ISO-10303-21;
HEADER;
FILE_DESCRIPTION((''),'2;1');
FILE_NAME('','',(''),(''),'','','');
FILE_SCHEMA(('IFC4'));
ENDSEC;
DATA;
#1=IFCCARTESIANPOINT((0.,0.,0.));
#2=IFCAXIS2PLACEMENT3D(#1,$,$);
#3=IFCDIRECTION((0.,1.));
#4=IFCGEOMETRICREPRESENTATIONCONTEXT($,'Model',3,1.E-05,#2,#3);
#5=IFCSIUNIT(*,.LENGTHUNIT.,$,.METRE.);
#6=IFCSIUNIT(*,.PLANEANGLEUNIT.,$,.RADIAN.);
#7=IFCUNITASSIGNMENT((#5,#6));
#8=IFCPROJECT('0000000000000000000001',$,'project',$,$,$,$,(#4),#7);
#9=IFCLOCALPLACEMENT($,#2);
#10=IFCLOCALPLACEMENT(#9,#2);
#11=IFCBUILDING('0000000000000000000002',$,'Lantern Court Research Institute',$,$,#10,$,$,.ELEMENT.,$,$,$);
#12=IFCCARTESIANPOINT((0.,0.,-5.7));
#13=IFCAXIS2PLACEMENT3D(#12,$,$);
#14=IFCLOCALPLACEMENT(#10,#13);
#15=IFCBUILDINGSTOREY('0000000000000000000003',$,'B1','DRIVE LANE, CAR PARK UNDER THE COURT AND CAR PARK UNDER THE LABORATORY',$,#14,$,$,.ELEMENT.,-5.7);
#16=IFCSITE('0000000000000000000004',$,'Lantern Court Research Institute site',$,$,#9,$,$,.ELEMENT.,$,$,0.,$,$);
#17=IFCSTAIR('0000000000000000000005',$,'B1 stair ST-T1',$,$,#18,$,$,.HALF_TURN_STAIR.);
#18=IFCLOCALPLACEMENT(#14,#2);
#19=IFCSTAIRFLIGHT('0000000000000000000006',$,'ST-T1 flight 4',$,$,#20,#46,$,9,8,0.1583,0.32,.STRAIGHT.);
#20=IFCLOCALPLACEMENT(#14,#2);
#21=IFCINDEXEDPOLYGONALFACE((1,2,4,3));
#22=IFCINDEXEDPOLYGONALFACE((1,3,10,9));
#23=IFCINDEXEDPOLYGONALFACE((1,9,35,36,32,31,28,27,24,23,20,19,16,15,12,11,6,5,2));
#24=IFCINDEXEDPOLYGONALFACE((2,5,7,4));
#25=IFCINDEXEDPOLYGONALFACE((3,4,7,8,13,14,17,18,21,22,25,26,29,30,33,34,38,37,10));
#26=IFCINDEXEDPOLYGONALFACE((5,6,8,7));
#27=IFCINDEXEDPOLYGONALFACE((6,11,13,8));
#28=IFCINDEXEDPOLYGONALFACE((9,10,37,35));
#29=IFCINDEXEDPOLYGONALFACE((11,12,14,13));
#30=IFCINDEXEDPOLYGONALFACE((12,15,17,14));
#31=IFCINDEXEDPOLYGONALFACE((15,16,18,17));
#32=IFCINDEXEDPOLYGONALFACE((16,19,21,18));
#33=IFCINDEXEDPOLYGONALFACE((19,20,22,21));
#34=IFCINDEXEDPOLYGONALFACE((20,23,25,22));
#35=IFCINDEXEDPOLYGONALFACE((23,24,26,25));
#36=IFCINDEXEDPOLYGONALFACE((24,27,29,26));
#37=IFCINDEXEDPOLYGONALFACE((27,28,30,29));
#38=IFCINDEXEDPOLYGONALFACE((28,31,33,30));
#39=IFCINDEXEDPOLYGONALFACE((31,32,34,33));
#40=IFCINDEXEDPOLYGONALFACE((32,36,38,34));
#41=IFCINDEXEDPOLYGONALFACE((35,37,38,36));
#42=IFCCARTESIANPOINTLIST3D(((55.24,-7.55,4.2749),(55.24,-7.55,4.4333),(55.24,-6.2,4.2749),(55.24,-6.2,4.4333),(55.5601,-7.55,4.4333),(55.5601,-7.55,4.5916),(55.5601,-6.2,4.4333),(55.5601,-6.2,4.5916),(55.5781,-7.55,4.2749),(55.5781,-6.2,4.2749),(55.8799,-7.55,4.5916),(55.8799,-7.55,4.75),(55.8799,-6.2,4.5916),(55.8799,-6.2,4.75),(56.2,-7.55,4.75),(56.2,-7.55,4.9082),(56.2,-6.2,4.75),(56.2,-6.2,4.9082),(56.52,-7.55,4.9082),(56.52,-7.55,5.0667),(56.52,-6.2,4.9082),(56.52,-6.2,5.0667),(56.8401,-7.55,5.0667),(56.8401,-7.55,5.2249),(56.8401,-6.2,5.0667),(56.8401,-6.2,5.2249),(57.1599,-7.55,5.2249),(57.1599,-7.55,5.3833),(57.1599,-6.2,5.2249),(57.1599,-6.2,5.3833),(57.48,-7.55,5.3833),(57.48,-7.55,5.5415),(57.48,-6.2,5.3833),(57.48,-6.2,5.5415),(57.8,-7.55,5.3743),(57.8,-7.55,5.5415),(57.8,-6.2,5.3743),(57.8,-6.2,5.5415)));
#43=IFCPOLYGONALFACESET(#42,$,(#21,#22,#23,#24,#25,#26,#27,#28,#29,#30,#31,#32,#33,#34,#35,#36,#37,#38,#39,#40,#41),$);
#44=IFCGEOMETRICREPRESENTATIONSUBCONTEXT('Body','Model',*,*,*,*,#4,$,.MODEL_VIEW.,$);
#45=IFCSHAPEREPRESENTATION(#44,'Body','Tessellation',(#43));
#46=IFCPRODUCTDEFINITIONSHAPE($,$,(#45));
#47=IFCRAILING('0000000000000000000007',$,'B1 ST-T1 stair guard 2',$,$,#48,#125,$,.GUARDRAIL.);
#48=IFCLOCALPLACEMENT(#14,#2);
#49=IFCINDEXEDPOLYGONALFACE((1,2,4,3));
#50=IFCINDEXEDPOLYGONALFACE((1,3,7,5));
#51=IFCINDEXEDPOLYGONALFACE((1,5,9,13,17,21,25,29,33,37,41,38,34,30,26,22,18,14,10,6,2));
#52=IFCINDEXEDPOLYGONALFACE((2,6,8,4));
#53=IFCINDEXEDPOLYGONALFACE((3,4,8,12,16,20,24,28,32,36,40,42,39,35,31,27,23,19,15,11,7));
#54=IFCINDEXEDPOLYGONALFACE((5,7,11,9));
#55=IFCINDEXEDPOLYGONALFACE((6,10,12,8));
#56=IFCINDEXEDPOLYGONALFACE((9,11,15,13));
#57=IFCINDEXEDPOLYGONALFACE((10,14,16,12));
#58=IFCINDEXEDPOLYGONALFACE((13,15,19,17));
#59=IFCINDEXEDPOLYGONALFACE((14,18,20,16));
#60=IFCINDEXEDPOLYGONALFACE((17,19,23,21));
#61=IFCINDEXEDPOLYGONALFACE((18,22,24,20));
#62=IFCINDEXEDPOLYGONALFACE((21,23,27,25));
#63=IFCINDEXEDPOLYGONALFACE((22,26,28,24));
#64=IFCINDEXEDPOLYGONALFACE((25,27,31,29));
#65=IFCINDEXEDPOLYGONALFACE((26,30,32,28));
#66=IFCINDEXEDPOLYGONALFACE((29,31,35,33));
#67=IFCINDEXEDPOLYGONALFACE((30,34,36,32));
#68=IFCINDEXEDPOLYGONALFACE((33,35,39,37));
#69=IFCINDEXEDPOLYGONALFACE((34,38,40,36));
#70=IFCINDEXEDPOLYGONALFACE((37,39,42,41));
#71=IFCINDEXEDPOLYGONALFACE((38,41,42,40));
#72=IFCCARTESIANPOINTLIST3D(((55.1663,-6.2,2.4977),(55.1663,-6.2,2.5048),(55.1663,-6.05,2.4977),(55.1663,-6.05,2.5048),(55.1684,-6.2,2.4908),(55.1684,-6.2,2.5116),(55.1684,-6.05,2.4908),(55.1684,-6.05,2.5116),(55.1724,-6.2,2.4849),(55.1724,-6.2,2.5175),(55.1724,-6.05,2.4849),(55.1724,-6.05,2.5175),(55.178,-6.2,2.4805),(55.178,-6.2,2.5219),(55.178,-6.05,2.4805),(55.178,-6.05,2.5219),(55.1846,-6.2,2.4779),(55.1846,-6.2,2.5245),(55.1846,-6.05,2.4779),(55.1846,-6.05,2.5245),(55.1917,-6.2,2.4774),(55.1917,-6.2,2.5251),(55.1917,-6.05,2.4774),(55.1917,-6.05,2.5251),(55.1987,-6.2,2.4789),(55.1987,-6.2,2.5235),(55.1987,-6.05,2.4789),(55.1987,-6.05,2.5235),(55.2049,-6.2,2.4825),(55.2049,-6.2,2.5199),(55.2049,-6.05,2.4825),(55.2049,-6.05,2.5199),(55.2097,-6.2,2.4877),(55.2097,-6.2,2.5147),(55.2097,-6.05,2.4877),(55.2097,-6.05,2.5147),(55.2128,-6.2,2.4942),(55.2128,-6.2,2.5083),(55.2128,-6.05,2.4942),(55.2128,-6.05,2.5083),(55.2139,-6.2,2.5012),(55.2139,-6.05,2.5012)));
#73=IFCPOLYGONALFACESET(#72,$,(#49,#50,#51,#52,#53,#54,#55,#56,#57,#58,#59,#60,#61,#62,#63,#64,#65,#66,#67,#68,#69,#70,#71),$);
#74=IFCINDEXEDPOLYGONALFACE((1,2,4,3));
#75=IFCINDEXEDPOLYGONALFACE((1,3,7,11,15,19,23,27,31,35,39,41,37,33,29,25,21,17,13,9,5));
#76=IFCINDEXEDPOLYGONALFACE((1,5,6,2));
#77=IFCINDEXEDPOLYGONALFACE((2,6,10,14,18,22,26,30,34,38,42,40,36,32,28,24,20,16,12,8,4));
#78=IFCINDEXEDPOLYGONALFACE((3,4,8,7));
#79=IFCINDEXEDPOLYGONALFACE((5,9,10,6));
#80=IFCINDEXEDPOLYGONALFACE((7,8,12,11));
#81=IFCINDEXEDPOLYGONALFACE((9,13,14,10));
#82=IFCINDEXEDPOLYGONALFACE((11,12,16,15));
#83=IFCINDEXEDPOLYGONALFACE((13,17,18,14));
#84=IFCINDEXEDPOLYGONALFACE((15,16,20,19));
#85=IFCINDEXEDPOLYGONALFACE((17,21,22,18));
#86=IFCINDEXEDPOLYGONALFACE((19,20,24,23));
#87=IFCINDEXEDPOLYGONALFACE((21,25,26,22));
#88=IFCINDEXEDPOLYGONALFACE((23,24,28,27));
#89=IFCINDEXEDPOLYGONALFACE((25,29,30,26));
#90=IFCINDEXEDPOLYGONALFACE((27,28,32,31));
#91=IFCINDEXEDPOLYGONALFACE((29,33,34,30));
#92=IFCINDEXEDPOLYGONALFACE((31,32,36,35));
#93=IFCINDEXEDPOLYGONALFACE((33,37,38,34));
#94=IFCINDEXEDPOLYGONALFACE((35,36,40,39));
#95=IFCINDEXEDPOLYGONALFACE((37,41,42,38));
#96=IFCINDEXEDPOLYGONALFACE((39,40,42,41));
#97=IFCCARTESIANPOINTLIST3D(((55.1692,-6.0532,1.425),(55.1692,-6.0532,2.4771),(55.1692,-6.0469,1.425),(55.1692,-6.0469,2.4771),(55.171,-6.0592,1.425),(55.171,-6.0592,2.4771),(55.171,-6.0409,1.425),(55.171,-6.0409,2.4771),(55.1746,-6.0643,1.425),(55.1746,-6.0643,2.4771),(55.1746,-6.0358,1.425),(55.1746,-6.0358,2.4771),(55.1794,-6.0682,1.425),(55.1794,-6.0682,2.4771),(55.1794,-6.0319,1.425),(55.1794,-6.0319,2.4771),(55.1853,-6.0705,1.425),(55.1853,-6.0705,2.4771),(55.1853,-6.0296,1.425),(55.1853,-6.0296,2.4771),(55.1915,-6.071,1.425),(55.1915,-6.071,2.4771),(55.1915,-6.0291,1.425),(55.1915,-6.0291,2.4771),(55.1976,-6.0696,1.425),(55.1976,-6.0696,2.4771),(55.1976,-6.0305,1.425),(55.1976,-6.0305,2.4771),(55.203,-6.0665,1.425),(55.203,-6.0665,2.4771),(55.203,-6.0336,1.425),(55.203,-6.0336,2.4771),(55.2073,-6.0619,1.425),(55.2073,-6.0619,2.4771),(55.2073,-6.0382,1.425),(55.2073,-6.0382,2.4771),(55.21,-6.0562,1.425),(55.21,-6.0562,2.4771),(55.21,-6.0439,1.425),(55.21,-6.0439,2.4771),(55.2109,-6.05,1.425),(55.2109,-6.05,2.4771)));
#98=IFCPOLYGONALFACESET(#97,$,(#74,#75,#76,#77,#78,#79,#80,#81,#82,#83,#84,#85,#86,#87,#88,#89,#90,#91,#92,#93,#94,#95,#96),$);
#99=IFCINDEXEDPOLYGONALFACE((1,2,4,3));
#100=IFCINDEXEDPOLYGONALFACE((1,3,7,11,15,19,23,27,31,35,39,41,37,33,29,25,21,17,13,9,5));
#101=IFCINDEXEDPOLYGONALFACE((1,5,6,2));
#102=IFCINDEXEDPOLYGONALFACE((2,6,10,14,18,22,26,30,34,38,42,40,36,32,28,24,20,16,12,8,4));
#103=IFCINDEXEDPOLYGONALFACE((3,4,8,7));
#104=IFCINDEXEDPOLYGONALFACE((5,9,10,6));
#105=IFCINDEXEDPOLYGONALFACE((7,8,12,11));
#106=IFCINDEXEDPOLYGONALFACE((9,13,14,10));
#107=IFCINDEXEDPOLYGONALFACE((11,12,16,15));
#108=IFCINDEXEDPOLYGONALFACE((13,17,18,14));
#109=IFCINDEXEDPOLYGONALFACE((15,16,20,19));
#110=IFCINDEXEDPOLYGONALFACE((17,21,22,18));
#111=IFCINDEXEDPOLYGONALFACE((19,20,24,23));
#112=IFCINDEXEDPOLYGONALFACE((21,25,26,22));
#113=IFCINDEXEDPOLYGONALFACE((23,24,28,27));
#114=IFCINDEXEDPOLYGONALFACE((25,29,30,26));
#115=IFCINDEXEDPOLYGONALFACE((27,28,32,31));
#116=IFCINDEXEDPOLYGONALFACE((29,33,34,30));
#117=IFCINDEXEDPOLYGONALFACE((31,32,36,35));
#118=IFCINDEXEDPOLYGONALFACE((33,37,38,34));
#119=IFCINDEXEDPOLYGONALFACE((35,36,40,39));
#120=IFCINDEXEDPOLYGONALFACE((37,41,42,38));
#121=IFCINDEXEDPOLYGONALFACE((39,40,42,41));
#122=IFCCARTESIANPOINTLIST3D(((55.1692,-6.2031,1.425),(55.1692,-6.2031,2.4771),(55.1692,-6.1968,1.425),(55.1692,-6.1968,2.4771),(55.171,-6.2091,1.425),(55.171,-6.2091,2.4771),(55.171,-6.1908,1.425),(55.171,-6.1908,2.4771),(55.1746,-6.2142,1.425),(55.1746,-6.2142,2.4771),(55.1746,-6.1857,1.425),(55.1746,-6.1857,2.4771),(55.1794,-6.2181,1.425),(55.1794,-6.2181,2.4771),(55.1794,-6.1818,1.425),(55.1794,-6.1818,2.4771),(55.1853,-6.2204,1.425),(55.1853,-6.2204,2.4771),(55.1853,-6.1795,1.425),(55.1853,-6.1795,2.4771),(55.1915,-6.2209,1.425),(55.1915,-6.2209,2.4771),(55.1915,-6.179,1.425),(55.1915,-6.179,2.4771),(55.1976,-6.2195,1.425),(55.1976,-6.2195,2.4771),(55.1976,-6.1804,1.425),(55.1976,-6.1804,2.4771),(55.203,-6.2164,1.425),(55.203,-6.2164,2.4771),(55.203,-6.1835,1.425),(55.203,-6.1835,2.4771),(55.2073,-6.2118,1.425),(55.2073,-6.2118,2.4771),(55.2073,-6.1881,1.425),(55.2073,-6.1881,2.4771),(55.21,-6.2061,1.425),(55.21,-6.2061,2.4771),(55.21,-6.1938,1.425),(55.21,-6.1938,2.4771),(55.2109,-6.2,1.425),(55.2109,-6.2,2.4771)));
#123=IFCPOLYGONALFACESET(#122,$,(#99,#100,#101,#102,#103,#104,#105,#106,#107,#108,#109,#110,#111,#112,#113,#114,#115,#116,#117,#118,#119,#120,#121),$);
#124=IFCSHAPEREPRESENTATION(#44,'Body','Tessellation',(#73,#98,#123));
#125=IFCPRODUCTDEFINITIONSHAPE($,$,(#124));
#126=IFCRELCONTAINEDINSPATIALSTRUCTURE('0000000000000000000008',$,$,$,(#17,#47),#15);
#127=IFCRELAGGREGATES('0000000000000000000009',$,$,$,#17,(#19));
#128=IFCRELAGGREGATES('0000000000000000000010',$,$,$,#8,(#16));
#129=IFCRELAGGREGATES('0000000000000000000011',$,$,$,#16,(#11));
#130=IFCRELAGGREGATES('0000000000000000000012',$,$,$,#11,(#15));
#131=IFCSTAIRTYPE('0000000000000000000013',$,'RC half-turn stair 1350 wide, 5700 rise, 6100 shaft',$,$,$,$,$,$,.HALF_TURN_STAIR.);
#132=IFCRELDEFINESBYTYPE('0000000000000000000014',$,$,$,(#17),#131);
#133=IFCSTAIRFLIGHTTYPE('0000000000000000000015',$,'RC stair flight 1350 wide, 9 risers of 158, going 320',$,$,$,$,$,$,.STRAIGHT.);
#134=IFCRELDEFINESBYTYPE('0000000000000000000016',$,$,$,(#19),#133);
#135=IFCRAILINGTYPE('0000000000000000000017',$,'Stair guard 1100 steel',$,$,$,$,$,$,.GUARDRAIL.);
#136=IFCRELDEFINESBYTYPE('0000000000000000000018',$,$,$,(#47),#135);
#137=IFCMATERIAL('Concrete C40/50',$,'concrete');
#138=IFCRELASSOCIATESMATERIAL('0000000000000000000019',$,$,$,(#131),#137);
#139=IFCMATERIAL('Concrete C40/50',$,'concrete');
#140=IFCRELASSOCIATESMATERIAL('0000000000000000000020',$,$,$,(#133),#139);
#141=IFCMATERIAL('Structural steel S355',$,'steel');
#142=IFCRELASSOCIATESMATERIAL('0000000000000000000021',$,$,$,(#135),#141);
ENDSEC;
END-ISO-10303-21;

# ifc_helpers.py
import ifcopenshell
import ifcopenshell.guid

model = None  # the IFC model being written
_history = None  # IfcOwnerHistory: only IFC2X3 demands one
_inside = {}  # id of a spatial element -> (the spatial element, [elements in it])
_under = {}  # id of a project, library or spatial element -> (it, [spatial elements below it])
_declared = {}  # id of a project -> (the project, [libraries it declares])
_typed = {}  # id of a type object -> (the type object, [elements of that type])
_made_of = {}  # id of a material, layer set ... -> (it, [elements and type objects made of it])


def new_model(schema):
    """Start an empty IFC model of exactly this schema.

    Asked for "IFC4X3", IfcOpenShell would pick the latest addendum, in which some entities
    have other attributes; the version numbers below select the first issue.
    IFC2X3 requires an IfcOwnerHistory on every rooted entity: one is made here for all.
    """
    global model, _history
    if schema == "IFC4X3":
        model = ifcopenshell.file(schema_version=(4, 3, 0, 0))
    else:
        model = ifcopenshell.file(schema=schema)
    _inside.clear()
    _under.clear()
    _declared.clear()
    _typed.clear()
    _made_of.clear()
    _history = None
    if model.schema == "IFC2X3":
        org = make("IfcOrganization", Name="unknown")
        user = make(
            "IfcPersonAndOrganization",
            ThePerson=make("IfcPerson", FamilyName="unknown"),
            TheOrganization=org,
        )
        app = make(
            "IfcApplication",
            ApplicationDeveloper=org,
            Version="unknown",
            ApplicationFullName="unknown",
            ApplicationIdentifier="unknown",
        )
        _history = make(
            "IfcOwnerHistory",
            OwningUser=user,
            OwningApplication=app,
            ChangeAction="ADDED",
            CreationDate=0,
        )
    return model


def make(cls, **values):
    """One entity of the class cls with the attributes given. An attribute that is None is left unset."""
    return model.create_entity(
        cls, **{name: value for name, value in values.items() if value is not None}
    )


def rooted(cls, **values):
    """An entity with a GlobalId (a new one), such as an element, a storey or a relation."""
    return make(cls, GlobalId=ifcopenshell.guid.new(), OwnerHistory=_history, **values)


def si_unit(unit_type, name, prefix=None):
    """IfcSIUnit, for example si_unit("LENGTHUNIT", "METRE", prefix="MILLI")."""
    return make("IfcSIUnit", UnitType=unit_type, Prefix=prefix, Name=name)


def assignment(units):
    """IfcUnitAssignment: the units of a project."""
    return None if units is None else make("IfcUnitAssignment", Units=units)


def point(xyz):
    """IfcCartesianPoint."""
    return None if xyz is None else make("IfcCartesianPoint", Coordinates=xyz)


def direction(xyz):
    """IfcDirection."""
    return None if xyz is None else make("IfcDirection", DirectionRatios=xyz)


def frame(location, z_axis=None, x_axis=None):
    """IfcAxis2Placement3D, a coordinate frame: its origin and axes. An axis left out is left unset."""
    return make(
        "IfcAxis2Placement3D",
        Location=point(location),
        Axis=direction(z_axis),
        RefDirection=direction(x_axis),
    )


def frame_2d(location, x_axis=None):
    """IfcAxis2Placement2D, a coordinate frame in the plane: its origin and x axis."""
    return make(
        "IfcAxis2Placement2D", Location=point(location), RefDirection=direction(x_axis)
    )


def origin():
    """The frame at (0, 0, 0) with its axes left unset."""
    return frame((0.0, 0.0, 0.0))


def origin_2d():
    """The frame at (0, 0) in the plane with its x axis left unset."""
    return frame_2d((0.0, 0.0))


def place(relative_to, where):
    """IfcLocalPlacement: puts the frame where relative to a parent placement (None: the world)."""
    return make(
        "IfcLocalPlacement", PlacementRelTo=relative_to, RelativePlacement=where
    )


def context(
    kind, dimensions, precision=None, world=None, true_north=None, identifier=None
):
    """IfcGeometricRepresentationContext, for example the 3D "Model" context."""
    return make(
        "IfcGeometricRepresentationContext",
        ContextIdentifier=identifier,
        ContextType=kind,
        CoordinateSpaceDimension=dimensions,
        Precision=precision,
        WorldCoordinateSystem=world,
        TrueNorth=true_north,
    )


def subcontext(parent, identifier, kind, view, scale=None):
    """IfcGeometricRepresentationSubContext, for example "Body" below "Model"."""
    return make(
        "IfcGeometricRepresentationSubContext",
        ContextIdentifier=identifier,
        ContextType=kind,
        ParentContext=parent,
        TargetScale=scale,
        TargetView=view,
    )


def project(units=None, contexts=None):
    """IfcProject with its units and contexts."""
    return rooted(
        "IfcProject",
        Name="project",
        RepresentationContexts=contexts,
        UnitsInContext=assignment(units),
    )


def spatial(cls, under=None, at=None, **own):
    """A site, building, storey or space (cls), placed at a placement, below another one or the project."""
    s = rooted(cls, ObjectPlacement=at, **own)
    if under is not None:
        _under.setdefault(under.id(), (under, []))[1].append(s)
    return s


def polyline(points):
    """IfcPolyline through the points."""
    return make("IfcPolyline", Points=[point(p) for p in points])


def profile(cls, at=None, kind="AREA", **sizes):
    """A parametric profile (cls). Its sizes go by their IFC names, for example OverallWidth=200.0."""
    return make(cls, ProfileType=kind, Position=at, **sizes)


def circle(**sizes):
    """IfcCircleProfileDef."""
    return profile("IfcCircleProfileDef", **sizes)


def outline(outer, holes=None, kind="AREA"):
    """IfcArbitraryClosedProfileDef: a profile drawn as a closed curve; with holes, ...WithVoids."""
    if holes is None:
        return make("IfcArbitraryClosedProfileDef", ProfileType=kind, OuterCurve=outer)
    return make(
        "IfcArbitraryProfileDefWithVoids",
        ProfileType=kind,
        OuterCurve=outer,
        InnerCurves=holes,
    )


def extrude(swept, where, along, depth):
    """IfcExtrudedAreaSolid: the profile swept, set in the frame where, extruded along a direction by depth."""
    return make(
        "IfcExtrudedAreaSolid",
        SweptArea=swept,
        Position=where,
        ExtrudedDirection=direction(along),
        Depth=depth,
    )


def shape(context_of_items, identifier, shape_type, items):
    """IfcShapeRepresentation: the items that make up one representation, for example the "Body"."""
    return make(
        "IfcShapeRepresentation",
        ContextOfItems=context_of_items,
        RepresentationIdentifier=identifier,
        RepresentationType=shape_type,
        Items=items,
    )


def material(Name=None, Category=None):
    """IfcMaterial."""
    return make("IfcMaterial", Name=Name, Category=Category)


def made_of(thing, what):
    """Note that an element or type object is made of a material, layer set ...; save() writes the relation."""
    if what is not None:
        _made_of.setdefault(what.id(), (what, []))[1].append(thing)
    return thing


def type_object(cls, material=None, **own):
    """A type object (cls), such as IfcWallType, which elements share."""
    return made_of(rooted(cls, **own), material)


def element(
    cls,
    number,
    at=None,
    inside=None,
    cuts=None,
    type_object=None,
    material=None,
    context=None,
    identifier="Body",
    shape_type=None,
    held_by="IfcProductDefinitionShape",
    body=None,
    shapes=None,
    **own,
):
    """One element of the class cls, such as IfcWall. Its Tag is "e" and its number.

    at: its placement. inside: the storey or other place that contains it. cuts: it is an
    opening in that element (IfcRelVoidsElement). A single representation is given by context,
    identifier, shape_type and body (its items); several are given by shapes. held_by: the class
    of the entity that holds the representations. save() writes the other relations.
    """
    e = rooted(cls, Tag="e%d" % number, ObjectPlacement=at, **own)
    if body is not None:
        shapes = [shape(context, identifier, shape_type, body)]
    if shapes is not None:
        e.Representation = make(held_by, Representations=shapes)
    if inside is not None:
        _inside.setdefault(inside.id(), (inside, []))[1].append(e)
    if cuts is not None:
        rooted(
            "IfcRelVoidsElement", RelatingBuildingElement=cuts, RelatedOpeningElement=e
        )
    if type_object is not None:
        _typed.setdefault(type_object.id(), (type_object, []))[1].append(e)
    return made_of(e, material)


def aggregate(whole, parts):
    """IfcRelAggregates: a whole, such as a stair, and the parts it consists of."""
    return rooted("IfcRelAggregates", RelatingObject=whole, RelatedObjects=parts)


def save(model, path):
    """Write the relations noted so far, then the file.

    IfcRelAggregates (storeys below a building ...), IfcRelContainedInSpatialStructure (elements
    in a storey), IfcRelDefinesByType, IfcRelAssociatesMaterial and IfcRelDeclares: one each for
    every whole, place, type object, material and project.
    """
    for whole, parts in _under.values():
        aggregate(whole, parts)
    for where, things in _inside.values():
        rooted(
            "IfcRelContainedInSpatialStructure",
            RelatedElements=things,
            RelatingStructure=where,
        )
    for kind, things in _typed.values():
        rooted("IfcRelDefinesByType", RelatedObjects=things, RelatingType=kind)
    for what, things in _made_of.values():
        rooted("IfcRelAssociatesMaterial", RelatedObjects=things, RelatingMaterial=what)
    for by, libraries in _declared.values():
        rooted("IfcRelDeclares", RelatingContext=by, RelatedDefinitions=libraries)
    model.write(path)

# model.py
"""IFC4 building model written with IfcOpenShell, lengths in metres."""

from ifc_helpers import new_model, si_unit, direction, frame, origin, origin_2d, place, context, subcontext, project, spatial, polyline, circle, outline, extrude, material, type_object, element, aggregate, save


model = new_model("IFC4")

# Units and contexts
model_context = context("Model", 3, precision=1e-05, world=origin(), true_north=direction((0.0, 1.0)))
body_context = subcontext(model_context, "Body", "Model", "MODEL_VIEW")
ifc_project = project(units=[si_unit("LENGTHUNIT", "METRE"), si_unit("PLANEANGLEUNIT", "RADIAN")], contexts=[model_context])

# Site, building, storey
site_placement = place(None, origin())
site = spatial("IfcSite", under=ifc_project, at=site_placement, Name="Lantern Court Research Institute site", CompositionType="ELEMENT", RefElevation=0.0)
building_placement = place(site_placement, origin())
building = spatial("IfcBuilding", under=site, at=building_placement, Name="Lantern Court Research Institute", CompositionType="ELEMENT")
storey_placement = place(building_placement, frame((0.0, 0.0, -5.7)))
storey = spatial("IfcBuildingStorey", under=building, at=storey_placement, Name="B1", Description="DRIVE LANE, CAR PARK UNDER THE COURT AND CAR PARK UNDER THE LABORATORY", CompositionType="ELEMENT", Elevation=-5.7)

# Stair, stair flight
ifc_material_1 = material(Name="Concrete C40/50", Category="concrete")
stair_type = type_object("IfcStairType", Name="RC half-turn stair 1350 wide, 5700 rise, 6100 shaft", PredefinedType="HALF_TURN_STAIR", material=ifc_material_1)
stair_placement = place(storey_placement, origin())
stair = element("IfcStair", 1, at=stair_placement, inside=storey, type_object=stair_type, Name="B1 stair ST-T1", PredefinedType="HALF_TURN_STAIR")
ifc_material_2 = material(Name="Concrete C40/50", Category="concrete")
stair_flight_type = type_object("IfcStairFlightType", Name="RC stair flight 1350 wide, 9 risers of 158, going 320", PredefinedType="STRAIGHT", material=ifc_material_2)
stair_flight_1_placement = place(storey_placement, frame((55.24, -6.875, 4.2749), z_axis=(0.0, 0.0, 1.0), x_axis=(1.0, 0.0, 0.0)))
stair_flight_1 = element("IfcStairFlight", 2, at=stair_flight_1_placement, type_object=stair_flight_type, Name="ST-T1 flight 4", NumberOfRisers=9, NumberOfTreads=8, PredefinedType="STRAIGHT", RiserHeight=0.1583, TreadLength=0.32, context=body_context, shape_type="SweptSolid", body=[
    extrude(outline(polyline([(0.0, 0.0), (0.0, 0.1584), (0.3201, 0.1584), (0.3201, 0.3167), (0.6399, 0.3167), (0.6399, 0.4751), (0.96, 0.4751), (0.96, 0.6333), (1.28, 0.6333), (1.28, 0.7917), (1.6001, 0.7917), (1.6001, 0.95), (1.9199, 0.95), (1.9199, 1.1084), (2.24, 1.1084), (2.24, 1.2666), (2.5601, 1.2666), (2.5601, 1.425), (2.5601, 1.0994), (0.3381, 0.0), (0.0, 0.0)])), frame((0.0, 0.675, 0.0), z_axis=(0.0, -1.0, 0.0), x_axis=(1.0, 0.0, 0.0)), (0.0, 0.0, 1.0), 1.3501),
])
aggregate(stair, [stair_flight_1])

# Railing
ifc_material_3 = material(Name="Structural steel S355", Category="steel")
railing_type_1 = type_object("IfcRailingType", Name="Stair guard 1100 steel", PredefinedType="GUARDRAIL", material=ifc_material_3)
railing_1_placement = place(storey_placement, frame((55.1899, -6.05, 1.425)))
element("IfcRailing", 3, at=railing_1_placement, inside=storey, type_object=railing_type_1, Name="B1 ST-T1 stair guard 2", PredefinedType="GUARDRAIL", context=body_context, shape_type="SweptSolid", body=[
    extrude(circle(Radius=0.0239, at=origin_2d()), frame((0.0, 0.0, 1.0762), z_axis=(0.0, -1.0, 0.0), x_axis=(1.0, 0.0, 0.0)), (0.0, 0.0, 1.0), 0.1499),
    extrude(circle(Radius=0.021, at=origin_2d()), origin(), (0.0, 0.0, 1.0), 1.052),
    extrude(circle(Radius=0.021, at=origin_2d()), frame((0.0, -0.1499, 0.0)), (0.0, 0.0, 1.0), 1.052),
])

save(model, "model.ifc")
